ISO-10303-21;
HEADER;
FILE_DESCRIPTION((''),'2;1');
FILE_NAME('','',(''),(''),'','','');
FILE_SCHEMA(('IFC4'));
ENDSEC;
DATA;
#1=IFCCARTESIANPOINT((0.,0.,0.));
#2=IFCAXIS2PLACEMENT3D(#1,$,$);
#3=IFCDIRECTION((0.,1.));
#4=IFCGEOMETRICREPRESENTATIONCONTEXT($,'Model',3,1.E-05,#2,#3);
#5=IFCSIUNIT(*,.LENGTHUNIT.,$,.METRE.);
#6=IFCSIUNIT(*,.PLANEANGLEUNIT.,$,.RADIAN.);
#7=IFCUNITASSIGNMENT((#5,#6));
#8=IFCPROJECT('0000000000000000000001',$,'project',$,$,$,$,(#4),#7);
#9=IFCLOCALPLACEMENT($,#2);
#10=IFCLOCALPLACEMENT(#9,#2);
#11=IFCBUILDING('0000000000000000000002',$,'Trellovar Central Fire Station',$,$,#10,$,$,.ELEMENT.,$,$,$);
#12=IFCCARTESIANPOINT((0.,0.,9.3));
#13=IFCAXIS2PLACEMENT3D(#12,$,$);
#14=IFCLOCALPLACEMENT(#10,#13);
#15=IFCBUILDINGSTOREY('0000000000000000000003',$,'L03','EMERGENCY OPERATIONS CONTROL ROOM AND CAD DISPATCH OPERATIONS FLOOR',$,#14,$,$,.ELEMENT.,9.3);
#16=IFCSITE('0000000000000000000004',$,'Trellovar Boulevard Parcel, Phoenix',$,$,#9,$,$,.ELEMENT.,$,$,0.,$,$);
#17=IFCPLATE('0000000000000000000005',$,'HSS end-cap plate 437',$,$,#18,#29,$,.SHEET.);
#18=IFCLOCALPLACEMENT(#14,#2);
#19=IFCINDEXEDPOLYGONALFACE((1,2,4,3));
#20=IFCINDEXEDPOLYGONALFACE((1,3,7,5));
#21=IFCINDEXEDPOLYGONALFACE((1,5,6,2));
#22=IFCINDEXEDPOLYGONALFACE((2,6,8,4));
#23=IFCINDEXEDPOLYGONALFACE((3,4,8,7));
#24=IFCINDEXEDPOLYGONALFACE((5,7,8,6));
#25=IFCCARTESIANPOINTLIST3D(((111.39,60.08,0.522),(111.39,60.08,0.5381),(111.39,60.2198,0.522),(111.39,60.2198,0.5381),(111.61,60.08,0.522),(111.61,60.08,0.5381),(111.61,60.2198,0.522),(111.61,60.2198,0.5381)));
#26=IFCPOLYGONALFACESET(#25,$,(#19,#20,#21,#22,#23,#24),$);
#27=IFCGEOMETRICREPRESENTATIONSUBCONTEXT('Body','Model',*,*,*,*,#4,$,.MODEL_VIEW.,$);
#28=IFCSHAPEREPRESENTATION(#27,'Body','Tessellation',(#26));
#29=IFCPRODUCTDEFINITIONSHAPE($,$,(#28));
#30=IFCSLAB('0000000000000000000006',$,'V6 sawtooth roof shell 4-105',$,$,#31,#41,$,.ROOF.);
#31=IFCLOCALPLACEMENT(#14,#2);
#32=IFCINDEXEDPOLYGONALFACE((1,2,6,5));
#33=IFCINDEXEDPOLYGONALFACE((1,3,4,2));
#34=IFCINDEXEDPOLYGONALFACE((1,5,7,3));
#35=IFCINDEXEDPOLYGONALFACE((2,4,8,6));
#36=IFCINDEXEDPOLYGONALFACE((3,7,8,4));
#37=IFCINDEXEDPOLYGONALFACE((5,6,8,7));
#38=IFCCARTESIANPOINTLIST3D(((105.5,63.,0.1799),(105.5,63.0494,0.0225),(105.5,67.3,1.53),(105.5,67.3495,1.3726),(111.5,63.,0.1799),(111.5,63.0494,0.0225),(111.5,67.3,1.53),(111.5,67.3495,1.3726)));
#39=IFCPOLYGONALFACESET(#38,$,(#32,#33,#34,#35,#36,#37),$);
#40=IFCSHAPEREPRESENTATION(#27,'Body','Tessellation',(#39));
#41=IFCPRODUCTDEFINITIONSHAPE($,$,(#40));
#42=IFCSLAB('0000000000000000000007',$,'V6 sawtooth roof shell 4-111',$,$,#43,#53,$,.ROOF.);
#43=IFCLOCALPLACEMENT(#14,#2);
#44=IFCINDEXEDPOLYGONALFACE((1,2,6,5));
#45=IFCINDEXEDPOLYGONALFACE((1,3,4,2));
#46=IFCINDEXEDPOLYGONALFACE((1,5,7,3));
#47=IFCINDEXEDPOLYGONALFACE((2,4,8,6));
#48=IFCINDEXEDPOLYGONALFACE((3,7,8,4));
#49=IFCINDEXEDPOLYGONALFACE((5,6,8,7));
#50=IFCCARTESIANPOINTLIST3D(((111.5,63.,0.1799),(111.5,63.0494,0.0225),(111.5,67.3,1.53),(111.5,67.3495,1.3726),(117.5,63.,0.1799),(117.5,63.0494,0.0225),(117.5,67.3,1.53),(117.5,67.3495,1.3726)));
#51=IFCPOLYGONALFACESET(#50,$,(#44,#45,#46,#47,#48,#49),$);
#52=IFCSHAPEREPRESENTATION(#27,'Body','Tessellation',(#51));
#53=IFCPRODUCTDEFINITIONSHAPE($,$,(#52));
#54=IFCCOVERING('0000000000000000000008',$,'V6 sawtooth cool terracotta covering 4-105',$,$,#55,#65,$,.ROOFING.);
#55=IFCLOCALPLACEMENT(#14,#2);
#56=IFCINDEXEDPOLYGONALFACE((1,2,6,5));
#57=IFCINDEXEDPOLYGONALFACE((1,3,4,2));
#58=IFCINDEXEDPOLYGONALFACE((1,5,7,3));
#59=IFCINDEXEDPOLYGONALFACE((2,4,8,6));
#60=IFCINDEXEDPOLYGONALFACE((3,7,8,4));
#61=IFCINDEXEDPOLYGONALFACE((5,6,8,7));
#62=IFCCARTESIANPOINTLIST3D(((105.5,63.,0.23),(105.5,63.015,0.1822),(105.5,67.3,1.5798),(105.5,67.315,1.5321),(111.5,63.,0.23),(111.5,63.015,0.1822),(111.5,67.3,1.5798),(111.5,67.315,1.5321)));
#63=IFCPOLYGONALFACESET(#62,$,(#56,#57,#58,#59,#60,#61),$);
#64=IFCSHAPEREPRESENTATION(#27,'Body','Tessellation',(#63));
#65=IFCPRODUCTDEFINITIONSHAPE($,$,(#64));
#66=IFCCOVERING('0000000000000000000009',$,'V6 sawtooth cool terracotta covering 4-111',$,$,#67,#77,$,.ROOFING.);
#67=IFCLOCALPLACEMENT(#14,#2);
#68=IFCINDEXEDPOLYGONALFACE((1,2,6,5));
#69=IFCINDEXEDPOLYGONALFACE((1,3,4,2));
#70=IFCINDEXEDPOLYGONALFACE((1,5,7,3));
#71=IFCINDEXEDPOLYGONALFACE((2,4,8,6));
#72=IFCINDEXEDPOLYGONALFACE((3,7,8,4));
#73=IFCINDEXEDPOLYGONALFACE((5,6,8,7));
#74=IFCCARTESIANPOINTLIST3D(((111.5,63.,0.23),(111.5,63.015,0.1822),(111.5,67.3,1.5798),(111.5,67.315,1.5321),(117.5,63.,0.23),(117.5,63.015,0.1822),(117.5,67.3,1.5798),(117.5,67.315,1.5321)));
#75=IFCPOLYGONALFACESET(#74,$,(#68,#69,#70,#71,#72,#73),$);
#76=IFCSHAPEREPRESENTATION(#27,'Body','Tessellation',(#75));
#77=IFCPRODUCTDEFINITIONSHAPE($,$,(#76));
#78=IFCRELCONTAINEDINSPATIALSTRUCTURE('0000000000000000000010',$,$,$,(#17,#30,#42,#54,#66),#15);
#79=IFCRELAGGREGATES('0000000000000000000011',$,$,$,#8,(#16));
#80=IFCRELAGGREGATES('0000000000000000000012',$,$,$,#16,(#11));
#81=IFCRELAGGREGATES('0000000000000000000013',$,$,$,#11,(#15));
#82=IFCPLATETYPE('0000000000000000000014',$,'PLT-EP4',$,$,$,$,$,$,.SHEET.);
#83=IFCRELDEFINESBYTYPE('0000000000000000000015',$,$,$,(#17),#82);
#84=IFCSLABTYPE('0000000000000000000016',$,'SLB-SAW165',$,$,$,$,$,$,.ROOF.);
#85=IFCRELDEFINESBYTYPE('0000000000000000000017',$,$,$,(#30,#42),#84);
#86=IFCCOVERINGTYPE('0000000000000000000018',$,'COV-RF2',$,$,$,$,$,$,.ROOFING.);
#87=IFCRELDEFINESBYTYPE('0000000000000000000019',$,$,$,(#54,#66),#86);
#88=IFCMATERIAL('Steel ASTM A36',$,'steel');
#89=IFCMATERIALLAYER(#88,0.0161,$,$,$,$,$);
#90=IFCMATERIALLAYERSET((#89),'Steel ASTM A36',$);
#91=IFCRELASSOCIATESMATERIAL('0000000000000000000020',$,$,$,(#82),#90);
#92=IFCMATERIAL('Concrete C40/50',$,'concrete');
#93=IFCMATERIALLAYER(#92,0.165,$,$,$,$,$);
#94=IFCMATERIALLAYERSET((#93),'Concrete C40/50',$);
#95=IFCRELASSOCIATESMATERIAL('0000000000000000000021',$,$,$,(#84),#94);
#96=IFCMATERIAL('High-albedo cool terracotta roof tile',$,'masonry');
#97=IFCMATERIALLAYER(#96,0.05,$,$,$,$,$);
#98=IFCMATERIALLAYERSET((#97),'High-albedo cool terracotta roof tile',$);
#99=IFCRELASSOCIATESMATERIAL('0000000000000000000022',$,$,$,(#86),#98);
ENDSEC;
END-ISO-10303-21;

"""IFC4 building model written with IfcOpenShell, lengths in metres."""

from ifc_helpers import new_model, si_unit, direction, frame, origin, origin_2d, place, context, subcontext, project, spatial, polyline, rectangle, outline, extrude, material, layer, layer_set, type_object, element, save


model = new_model("IFC4")

# Units and contexts
model_context = context("Model", 3, precision=1e-05, world=origin(), true_north=direction((0.0, 1.0)))
body_context = subcontext(model_context, "Body", "Model", "MODEL_VIEW")
ifc_project = project(units=[si_unit("LENGTHUNIT", "METRE"), si_unit("PLANEANGLEUNIT", "RADIAN")], contexts=[model_context])

# Site, building, storey
site_placement = place(None, origin())
site = spatial("IfcSite", under=ifc_project, at=site_placement, Name="Trellovar Boulevard Parcel, Phoenix", CompositionType="ELEMENT", RefElevation=0.0)
building_placement = place(site_placement, origin())
building = spatial("IfcBuilding", under=site, at=building_placement, Name="Trellovar Central Fire Station", CompositionType="ELEMENT")
storey_placement = place(building_placement, frame((0.0, 0.0, 9.3)))
storey = spatial("IfcBuildingStorey", under=building, at=storey_placement, Name="L03", Description="EMERGENCY OPERATIONS CONTROL ROOM AND CAD DISPATCH OPERATIONS FLOOR", CompositionType="ELEMENT", Elevation=9.3)

# Plate
ifc_material_1 = material(Name="Steel ASTM A36", Category="steel")
ifc_layer_1 = layer(ifc_material_1, 0.0161)
ifc_layer_set_1 = layer_set([ifc_layer_1], Name="Steel ASTM A36")
plate_type_1 = type_object("IfcPlateType", Name="PLT-EP4", PredefinedType="SHEET", material=ifc_layer_set_1)
plate_1_placement = place(storey_placement, frame((111.5, 60.1499, 0.522), z_axis=(0.0, 0.0, 1.0), x_axis=(1.0, 0.0, 0.0)))
element("IfcPlate", 1, at=plate_1_placement, inside=storey, type_object=plate_type_1, Name="HSS end-cap plate 437", PredefinedType="SHEET", context=body_context, shape_type="SweptSolid", body=[
    extrude(rectangle(XDim=0.22, YDim=0.1399, at=origin_2d()), origin(), (0.0, 0.0, 1.0), 0.0161),
])

# Slabs
ifc_material_2 = material(Name="Concrete C40/50", Category="concrete")
ifc_layer_2 = layer(ifc_material_2, 0.165)
ifc_layer_set_2 = layer_set([ifc_layer_2], Name="Concrete C40/50")
slab_type = type_object("IfcSlabType", Name="SLB-SAW165", PredefinedType="ROOF", material=ifc_layer_set_2)
for number, where, z_axis, x_axis, name in (
    (2, (105.5, 63.0, 0.1799), (0.0, -0.299555, 0.954079), (1.0, 0.0, 0.0), "V6 sawtooth roof shell 4-105"),
    (3, (111.5, 63.0, 0.1799), (0.0, -0.299555, 0.954079), (1.0, 0.0, 0.0), "V6 sawtooth roof shell 4-111"),
):
    element("IfcSlab", number, at=place(storey_placement, frame(where, z_axis=z_axis, x_axis=x_axis)), inside=storey, type_object=slab_type, Name=name, PredefinedType="ROOF", context=body_context, shape_type="SweptSolid", body=[
        extrude(outline(polyline([(0.0, 0.0), (6.0, 0.0), (6.0, 4.507), (0.0, 4.507), (0.0, 0.0)])), origin(), (0.0, 0.0, -1.0), 0.165),
    ])

# Coverings
ifc_material_3 = material(Name="High-albedo cool terracotta roof tile", Category="masonry")
ifc_layer_3 = layer(ifc_material_3, 0.05)
ifc_layer_set_3 = layer_set([ifc_layer_3], Name="High-albedo cool terracotta roof tile")
covering_type = type_object("IfcCoveringType", Name="COV-RF2", PredefinedType="ROOFING", material=ifc_layer_set_3)
for number, where, z_axis, x_axis, name in (
    (4, (105.5, 63.0, 0.23), (0.0, -0.299505, 0.954095), (1.0, 0.0, 0.0), "V6 sawtooth cool terracotta covering 4-105"),
    (5, (111.5, 63.0, 0.23), (0.0, -0.299505, 0.954095), (1.0, 0.0, 0.0), "V6 sawtooth cool terracotta covering 4-111"),
):
    element("IfcCovering", number, at=place(storey_placement, frame(where, z_axis=z_axis, x_axis=x_axis)), inside=storey, type_object=covering_type, Name=name, PredefinedType="ROOFING", context=body_context, shape_type="SweptSolid", body=[
        extrude(outline(polyline([(0.0, 0.0), (6.0, 0.0), (6.0, 4.5069), (0.0, 4.5069), (0.0, 0.0)])), origin(), (0.0, 0.0, -1.0), 0.05),
    ])

save(model, "model.ifc")
